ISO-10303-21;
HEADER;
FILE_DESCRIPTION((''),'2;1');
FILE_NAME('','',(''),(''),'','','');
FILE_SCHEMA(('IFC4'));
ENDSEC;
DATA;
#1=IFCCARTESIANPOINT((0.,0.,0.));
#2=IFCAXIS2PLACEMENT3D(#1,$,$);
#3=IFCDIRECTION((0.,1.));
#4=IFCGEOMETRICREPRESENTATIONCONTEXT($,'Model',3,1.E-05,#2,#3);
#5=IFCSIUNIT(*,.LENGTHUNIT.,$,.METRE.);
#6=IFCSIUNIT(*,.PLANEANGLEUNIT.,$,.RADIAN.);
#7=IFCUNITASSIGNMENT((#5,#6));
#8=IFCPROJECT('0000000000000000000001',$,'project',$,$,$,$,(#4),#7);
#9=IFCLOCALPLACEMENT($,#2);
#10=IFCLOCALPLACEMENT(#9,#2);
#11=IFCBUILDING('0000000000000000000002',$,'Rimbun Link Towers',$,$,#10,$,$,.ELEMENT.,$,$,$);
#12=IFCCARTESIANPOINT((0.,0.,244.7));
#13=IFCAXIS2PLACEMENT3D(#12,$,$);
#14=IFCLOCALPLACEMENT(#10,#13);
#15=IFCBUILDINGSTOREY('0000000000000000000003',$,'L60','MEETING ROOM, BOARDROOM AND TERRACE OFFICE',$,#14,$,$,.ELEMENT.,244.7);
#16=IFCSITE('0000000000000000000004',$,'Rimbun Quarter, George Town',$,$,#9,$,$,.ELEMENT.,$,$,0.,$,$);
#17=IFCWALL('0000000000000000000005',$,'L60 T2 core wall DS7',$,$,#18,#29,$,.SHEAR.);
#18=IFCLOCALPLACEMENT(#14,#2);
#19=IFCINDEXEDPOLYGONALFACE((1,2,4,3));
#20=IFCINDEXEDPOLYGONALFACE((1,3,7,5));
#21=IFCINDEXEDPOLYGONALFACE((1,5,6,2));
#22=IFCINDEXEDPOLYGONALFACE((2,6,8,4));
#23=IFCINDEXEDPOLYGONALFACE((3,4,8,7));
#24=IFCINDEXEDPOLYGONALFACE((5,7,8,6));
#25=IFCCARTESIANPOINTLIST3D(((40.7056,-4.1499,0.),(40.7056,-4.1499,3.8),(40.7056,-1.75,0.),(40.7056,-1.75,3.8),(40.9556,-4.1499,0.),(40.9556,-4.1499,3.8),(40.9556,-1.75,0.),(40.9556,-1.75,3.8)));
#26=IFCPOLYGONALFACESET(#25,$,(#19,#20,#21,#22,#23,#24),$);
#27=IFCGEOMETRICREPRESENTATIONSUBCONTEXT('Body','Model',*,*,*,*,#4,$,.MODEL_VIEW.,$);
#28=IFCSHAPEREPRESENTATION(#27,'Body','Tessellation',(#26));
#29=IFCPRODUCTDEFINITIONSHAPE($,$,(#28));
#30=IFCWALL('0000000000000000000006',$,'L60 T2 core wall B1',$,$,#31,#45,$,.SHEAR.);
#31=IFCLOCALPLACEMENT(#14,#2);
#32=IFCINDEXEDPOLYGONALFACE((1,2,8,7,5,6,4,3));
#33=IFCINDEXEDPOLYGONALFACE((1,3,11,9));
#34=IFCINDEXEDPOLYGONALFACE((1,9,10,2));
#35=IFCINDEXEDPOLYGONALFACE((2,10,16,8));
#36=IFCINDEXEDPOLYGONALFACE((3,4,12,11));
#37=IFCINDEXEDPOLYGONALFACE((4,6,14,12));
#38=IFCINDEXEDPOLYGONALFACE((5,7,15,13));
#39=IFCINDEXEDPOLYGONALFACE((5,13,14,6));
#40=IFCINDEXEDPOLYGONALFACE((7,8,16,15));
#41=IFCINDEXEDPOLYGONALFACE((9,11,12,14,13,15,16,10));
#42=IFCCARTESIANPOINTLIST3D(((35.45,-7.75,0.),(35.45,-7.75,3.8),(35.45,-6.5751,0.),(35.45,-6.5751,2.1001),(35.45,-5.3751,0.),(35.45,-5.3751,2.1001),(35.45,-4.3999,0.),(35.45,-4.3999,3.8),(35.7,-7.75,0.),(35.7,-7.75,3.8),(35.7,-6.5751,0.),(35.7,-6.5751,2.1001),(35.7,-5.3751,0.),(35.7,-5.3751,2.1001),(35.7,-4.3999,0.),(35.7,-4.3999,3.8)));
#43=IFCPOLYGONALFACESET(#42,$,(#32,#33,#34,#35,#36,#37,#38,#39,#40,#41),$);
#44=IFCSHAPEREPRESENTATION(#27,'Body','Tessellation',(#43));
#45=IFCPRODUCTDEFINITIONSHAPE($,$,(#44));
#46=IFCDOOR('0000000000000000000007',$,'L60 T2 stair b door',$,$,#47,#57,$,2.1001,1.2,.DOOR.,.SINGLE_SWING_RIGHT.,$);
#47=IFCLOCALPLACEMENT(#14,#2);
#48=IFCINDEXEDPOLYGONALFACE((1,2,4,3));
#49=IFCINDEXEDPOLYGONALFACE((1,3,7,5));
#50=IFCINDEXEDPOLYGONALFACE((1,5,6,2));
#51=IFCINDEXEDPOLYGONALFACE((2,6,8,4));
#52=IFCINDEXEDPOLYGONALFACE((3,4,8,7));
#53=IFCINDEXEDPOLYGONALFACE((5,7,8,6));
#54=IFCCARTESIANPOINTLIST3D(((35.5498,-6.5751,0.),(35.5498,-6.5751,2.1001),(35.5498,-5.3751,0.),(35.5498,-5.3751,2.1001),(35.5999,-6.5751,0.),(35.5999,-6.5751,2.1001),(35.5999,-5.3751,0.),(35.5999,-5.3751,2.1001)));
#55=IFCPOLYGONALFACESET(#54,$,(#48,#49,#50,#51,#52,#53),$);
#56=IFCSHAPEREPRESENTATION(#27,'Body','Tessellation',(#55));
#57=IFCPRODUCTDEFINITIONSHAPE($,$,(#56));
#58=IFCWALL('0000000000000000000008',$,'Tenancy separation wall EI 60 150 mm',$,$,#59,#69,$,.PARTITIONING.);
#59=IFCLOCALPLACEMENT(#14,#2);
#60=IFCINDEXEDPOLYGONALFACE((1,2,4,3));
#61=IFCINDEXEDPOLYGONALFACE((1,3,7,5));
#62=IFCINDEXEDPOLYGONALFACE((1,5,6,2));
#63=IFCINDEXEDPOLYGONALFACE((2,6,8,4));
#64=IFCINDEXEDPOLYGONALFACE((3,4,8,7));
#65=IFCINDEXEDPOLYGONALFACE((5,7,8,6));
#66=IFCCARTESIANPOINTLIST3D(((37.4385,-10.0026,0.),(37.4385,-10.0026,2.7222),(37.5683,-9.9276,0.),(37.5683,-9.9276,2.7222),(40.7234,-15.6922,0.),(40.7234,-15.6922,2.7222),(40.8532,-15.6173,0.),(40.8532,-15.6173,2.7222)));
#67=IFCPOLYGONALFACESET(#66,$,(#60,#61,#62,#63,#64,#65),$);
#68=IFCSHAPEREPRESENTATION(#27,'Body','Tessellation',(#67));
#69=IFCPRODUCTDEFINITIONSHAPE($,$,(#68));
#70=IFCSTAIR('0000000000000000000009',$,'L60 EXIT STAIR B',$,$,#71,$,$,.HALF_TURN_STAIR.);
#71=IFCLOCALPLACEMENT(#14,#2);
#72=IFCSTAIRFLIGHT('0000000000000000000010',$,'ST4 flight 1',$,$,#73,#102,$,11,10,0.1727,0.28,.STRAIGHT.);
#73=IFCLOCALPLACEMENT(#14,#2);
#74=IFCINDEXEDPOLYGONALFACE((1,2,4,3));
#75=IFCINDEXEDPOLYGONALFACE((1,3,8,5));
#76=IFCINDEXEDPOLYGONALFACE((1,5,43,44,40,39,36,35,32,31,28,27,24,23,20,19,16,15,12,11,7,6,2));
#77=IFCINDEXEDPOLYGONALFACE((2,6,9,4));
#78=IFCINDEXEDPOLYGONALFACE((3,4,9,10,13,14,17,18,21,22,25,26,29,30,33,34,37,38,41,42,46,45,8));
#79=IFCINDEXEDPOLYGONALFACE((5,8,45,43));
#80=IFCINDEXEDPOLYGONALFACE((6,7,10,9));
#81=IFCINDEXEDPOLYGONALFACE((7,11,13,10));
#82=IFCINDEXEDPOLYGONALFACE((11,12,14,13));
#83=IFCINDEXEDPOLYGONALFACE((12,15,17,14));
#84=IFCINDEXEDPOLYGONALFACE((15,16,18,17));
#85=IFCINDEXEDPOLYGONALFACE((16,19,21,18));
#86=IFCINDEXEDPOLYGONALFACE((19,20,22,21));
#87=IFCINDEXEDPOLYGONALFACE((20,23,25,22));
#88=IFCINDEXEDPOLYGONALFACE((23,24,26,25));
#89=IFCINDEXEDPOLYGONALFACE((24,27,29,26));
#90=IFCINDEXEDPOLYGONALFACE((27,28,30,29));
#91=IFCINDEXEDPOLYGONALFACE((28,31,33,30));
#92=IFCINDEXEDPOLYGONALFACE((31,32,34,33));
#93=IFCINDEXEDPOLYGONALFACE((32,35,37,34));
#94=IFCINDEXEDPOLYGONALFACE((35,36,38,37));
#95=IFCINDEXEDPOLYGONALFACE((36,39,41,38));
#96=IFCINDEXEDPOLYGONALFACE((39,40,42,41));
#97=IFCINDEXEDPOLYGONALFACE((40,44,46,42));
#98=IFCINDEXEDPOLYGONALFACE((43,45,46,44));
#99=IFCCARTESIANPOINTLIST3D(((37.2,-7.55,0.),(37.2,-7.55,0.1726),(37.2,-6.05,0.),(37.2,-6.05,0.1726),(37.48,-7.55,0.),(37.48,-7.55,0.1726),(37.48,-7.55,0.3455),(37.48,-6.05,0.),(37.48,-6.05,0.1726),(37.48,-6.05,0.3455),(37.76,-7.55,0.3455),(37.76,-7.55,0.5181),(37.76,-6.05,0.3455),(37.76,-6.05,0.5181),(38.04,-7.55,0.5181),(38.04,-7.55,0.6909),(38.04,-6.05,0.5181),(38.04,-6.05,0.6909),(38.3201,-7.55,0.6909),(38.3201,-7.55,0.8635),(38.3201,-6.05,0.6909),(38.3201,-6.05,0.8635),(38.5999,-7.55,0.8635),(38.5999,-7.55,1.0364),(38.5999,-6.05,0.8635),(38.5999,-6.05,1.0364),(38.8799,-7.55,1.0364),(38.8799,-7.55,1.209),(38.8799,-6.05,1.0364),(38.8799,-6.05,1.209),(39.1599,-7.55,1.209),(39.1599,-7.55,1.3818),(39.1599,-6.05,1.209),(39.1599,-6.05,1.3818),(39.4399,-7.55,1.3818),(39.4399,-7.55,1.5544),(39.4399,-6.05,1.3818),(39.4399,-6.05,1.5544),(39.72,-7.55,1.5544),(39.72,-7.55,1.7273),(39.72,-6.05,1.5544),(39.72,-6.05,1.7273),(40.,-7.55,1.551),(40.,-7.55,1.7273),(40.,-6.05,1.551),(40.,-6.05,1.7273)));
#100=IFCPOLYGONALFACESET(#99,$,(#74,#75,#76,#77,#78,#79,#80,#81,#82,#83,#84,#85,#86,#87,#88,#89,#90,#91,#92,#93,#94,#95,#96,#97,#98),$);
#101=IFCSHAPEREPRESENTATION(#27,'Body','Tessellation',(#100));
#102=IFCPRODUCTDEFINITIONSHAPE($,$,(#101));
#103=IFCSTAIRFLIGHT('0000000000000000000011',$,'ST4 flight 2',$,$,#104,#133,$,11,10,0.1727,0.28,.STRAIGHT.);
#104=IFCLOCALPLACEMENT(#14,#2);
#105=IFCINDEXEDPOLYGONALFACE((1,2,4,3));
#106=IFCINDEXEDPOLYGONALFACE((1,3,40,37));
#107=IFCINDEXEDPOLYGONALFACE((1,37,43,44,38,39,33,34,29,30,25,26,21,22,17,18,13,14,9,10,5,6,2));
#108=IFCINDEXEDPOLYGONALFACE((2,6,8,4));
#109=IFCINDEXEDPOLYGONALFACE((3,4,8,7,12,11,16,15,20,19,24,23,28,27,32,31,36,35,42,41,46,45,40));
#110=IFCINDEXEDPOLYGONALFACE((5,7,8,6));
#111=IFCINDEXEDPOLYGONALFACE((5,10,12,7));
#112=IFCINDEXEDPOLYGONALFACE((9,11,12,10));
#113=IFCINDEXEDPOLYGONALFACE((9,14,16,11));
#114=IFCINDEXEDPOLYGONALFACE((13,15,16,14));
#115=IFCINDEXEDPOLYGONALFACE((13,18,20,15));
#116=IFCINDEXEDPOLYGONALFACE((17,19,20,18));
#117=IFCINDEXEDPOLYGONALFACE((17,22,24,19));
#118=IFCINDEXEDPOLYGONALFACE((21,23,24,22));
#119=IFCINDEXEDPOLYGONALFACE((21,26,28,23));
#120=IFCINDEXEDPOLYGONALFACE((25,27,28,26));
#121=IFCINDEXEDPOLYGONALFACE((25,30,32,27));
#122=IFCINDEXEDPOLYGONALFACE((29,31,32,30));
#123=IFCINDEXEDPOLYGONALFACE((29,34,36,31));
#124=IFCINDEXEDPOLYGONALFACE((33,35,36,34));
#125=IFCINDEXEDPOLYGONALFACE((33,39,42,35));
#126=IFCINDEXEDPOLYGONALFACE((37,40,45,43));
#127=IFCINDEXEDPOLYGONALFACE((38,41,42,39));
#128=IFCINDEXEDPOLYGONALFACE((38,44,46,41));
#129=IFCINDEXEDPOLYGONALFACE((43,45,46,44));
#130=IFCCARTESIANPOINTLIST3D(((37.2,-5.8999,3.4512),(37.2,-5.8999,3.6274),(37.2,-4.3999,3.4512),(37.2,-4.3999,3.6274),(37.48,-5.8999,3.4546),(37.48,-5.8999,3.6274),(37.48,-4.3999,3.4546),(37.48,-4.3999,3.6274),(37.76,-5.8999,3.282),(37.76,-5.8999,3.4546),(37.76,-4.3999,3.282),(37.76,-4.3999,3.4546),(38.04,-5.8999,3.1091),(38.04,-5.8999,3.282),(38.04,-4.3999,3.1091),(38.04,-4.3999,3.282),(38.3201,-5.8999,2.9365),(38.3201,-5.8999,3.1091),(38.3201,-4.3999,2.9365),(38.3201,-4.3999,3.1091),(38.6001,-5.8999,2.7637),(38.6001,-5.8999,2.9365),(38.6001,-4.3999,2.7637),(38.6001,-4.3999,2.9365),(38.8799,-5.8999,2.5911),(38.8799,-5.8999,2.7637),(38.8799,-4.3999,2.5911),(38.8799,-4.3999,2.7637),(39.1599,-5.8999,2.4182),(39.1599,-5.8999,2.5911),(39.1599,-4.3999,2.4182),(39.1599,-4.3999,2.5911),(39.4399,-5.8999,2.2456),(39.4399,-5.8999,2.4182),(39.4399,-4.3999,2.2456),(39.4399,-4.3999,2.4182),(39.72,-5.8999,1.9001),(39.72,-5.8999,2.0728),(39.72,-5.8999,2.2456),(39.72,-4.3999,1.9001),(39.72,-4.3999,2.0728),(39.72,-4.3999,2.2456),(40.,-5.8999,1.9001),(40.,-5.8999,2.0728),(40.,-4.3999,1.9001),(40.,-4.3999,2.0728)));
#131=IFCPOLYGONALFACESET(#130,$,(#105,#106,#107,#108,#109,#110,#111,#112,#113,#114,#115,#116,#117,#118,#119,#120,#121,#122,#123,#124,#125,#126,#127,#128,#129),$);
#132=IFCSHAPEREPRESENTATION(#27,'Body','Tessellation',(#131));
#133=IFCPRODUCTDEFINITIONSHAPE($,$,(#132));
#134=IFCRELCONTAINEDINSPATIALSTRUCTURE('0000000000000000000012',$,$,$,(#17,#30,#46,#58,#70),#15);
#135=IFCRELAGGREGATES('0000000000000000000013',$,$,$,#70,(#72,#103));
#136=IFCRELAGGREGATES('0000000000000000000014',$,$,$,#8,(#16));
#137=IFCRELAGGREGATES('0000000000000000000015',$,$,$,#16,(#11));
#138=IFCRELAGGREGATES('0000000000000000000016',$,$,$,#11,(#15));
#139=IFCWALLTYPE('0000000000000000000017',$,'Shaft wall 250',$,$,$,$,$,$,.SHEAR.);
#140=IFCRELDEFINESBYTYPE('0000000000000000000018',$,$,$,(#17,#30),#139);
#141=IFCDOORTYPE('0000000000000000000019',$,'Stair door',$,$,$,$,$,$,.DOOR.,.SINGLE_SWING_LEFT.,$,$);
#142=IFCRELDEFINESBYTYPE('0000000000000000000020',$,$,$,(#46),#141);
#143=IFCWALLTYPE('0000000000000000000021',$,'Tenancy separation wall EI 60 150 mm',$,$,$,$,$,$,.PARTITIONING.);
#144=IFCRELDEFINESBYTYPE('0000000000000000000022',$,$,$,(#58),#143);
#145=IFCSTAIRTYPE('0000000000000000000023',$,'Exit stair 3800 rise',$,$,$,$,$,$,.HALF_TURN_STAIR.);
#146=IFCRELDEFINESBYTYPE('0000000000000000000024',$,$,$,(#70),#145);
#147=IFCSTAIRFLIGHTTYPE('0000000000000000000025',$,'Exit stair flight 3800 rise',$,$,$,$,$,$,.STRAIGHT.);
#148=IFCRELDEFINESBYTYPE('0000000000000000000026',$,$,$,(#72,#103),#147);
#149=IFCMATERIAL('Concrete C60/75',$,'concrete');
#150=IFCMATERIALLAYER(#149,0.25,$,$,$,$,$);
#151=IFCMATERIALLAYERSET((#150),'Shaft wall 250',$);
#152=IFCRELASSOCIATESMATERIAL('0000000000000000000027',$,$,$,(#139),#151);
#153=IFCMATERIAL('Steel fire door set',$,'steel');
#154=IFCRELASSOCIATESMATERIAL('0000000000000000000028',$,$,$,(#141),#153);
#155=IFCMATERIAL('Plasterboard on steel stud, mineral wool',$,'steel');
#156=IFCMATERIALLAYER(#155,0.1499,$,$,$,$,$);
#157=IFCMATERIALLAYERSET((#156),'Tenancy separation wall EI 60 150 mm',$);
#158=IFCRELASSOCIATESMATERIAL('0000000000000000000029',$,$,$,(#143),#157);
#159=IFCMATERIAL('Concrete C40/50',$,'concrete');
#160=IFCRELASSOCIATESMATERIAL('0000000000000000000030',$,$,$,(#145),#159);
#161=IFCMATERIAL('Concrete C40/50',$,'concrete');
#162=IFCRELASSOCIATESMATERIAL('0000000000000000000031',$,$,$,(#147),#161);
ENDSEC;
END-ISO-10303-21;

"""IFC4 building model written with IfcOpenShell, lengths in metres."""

from ifc_helpers import new_model, si_unit, direction, frame, frame_2d, origin, place, context, subcontext, project, spatial, polyline, rectangle, outline, extrude, material, layer, layer_set, type_object, element, fill, aggregate, save


model = new_model("IFC4")

# Units and contexts
model_context = context("Model", 3, precision=1e-05, world=origin(), true_north=direction((0.0, 1.0)))
body_context = subcontext(model_context, "Body", "Model", "MODEL_VIEW")
ifc_project = project(units=[si_unit("LENGTHUNIT", "METRE"), si_unit("PLANEANGLEUNIT", "RADIAN")], contexts=[model_context])

# Site, building, storey
site_placement = place(None, origin())
site = spatial("IfcSite", under=ifc_project, at=site_placement, Name="Rimbun Quarter, George Town", CompositionType="ELEMENT", RefElevation=0.0)
building_placement = place(site_placement, origin())
building = spatial("IfcBuilding", under=site, at=building_placement, Name="Rimbun Link Towers", CompositionType="ELEMENT")
storey_placement = place(building_placement, frame((0.0, 0.0, 244.7)))
storey = spatial("IfcBuildingStorey", under=building, at=storey_placement, Name="L60", Description="MEETING ROOM, BOARDROOM AND TERRACE OFFICE", CompositionType="ELEMENT", Elevation=244.7)

# Wall
ifc_material_1 = material(Name="Concrete C60/75", Category="concrete")
ifc_layer_1 = layer(ifc_material_1, 0.25)
ifc_layer_set_1 = layer_set([ifc_layer_1], Name="Shaft wall 250")
wall_type_1 = type_object("IfcWallType", Name="Shaft wall 250", PredefinedType="SHEAR", material=ifc_layer_set_1)
for number, where, z_axis, x_axis, name in (
    (1, (40.8306, -4.1499, 0.0), (0.0, 0.0, 1.0), (0.0, 1.0, 0.0), "L60 T2 core wall DS7"),
):
    element("IfcWall", number, at=place(storey_placement, frame(where, z_axis=z_axis, x_axis=x_axis)), inside=storey, type_object=wall_type_1, Name=name, PredefinedType="SHEAR", context=body_context, shape_type="SweptSolid", body=[
        extrude(rectangle(XDim=2.3999, YDim=0.25, at=frame_2d((1.2, 0.0))), origin(), (0.0, 0.0, 1.0), 3.8),
    ])

# Wall, opening, door
wall_1_placement = place(storey_placement, frame((35.575, -4.3999, 0.0), z_axis=(0.0, 0.0, 1.0), x_axis=(0.0, -1.0, 0.0)))
wall_1 = element("IfcWall", 2, at=wall_1_placement, inside=storey, type_object=wall_type_1, Name="L60 T2 core wall B1", PredefinedType="SHEAR", context=body_context, shape_type="SweptSolid", body=[
    extrude(rectangle(XDim=3.3501, YDim=0.25, at=frame_2d((1.675, 0.0))), origin(), (0.0, 0.0, 1.0), 3.8),
])
opening_placement = place(wall_1_placement, frame((0.9751, 0.0, 0.0)))
opening = element("IfcOpeningElement", 3, at=opening_placement, cuts=wall_1, PredefinedType="OPENING", context=body_context, shape_type="SweptSolid", body=[
    extrude(rectangle(XDim=1.2, YDim=2.1001, at=frame_2d((0.6001, 1.05))), frame((0.0, 0.135, 0.0), z_axis=(0.0, -1.0, 0.0), x_axis=(1.0, 0.0, 0.0)), (0.0, 0.0, 1.0), 0.27),
])
ifc_material_2 = material(Name="Steel fire door set", Category="steel")
door_type = type_object("IfcDoorType", Name="Stair door", OperationType="SINGLE_SWING_LEFT", PredefinedType="DOOR", material=ifc_material_2)
door_placement = place(opening_placement, origin())
door = element("IfcDoor", 4, at=door_placement, inside=storey, type_object=door_type, Name="L60 T2 stair b door", OperationType="SINGLE_SWING_RIGHT", OverallHeight=2.1001, OverallWidth=1.2, PredefinedType="DOOR", context=body_context, shape_type="SweptSolid", body=[
    extrude(rectangle(XDim=1.2, YDim=2.1001, at=frame_2d((0.6001, 1.05))), frame((0.0, 0.0249, 0.0), z_axis=(0.0, -1.0, 0.0), x_axis=(1.0, 0.0, 0.0)), (0.0, 0.0, 1.0), 0.05),
])
fill(opening, door)

# Wall
ifc_material_3 = material(Name="Plasterboard on steel stud, mineral wool", Category="steel")
ifc_layer_2 = layer(ifc_material_3, 0.1499)
ifc_layer_set_2 = layer_set([ifc_layer_2], Name="Tenancy separation wall EI 60 150 mm")
wall_type_2 = type_object("IfcWallType", Name="Tenancy separation wall EI 60 150 mm", PredefinedType="PARTITIONING", material=ifc_layer_set_2)
wall_2_placement = place(storey_placement, frame((37.5034, -9.9651, 0.0), z_axis=(0.0, 0.0, 1.0), x_axis=(0.499996, -0.866028, 0.0)))
element("IfcWall", 5, at=wall_2_placement, inside=storey, type_object=wall_type_2, Name="Tenancy separation wall EI 60 150 mm", PredefinedType="PARTITIONING", context=body_context, shape_type="SweptSolid", body=[
    extrude(rectangle(XDim=6.5698, YDim=0.1499, at=frame_2d((3.2849, 0.0))), origin(), (0.0, 0.0, 1.0), 2.7222),
])

# Stair, stair flights
ifc_material_4 = material(Name="Concrete C40/50", Category="concrete")
stair_type = type_object("IfcStairType", Name="Exit stair 3800 rise", PredefinedType="HALF_TURN_STAIR", material=ifc_material_4)
stair_placement = place(storey_placement, origin())
stair = element("IfcStair", 6, at=stair_placement, inside=storey, type_object=stair_type, Name="L60 EXIT STAIR B", PredefinedType="HALF_TURN_STAIR")
ifc_material_5 = material(Name="Concrete C40/50", Category="concrete")
stair_flight_type = type_object("IfcStairFlightType", Name="Exit stair flight 3800 rise", PredefinedType="STRAIGHT", material=ifc_material_5)
stair_flight_1_placement = place(storey_placement, frame((37.2, -6.8, 0.0), z_axis=(0.0, 0.0, 1.0), x_axis=(1.0, 0.0, 0.0)))
stair_flight_1 = element("IfcStairFlight", 7, at=stair_flight_1_placement, type_object=stair_flight_type, Name="ST4 flight 1", NumberOfRisers=11, NumberOfTreads=10, PredefinedType="STRAIGHT", RiserHeight=0.1727, TreadLength=0.28, context=body_context, shape_type="SweptSolid", body=[
    extrude(outline(polyline([(0.0, 0.0), (0.0, 0.1726), (0.28, 0.1726), (0.28, 0.3455), (0.5601, 0.3455), (0.5601, 0.5181), (0.8401, 0.5181), (0.8401, 0.6909), (1.1201, 0.6909), (1.1201, 0.8635), (1.3999, 0.8635), (1.3999, 1.0364), (1.6799, 1.0364), (1.6799, 1.209), (1.96, 1.209), (1.96, 1.3818), (2.24, 1.3818), (2.24, 1.5544), (2.52, 1.5544), (2.52, 1.7273), (2.8, 1.7273), (2.8, 1.8999), (2.8, 1.551), (0.28, 0.0), (0.0, 0.0)])), frame((0.0, 0.75, 0.0), z_axis=(0.0, -1.0, 0.0), x_axis=(1.0, 0.0, 0.0)), (0.0, 0.0, 1.0), 1.5),
])
stair_flight_2_placement = place(storey_placement, frame((40.0, -5.1499, 1.9001), z_axis=(0.0, 0.0, 1.0), x_axis=(-1.0, 0.0, 0.0)))
stair_flight_2 = element("IfcStairFlight", 8, at=stair_flight_2_placement, type_object=stair_flight_type, Name="ST4 flight 2", NumberOfRisers=11, NumberOfTreads=10, PredefinedType="STRAIGHT", RiserHeight=0.1727, TreadLength=0.28, context=body_context, shape_type="SweptSolid", body=[
    extrude(outline(polyline([(0.0, 0.0), (0.0, 0.1726), (0.28, 0.1726), (0.28, 0.3455), (0.5601, 0.3455), (0.5601, 0.5181), (0.8401, 0.5181), (0.8401, 0.6909), (1.1201, 0.6909), (1.1201, 0.8635), (1.3999, 0.8635), (1.3999, 1.0364), (1.6799, 1.0364), (1.6799, 1.209), (1.96, 1.209), (1.96, 1.3818), (2.24, 1.3818), (2.24, 1.5544), (2.52, 1.5544), (2.52, 1.7273), (2.8, 1.7273), (2.8, 1.8999), (2.8, 1.551), (0.28, 0.0), (0.0, 0.0)])), frame((0.0, 0.75, 0.0), z_axis=(0.0, -1.0, 0.0), x_axis=(1.0, 0.0, 0.0)), (0.0, 0.0, 1.0), 1.5),
])
aggregate(stair, [stair_flight_1, stair_flight_2])

save(model, "model.ifc")
